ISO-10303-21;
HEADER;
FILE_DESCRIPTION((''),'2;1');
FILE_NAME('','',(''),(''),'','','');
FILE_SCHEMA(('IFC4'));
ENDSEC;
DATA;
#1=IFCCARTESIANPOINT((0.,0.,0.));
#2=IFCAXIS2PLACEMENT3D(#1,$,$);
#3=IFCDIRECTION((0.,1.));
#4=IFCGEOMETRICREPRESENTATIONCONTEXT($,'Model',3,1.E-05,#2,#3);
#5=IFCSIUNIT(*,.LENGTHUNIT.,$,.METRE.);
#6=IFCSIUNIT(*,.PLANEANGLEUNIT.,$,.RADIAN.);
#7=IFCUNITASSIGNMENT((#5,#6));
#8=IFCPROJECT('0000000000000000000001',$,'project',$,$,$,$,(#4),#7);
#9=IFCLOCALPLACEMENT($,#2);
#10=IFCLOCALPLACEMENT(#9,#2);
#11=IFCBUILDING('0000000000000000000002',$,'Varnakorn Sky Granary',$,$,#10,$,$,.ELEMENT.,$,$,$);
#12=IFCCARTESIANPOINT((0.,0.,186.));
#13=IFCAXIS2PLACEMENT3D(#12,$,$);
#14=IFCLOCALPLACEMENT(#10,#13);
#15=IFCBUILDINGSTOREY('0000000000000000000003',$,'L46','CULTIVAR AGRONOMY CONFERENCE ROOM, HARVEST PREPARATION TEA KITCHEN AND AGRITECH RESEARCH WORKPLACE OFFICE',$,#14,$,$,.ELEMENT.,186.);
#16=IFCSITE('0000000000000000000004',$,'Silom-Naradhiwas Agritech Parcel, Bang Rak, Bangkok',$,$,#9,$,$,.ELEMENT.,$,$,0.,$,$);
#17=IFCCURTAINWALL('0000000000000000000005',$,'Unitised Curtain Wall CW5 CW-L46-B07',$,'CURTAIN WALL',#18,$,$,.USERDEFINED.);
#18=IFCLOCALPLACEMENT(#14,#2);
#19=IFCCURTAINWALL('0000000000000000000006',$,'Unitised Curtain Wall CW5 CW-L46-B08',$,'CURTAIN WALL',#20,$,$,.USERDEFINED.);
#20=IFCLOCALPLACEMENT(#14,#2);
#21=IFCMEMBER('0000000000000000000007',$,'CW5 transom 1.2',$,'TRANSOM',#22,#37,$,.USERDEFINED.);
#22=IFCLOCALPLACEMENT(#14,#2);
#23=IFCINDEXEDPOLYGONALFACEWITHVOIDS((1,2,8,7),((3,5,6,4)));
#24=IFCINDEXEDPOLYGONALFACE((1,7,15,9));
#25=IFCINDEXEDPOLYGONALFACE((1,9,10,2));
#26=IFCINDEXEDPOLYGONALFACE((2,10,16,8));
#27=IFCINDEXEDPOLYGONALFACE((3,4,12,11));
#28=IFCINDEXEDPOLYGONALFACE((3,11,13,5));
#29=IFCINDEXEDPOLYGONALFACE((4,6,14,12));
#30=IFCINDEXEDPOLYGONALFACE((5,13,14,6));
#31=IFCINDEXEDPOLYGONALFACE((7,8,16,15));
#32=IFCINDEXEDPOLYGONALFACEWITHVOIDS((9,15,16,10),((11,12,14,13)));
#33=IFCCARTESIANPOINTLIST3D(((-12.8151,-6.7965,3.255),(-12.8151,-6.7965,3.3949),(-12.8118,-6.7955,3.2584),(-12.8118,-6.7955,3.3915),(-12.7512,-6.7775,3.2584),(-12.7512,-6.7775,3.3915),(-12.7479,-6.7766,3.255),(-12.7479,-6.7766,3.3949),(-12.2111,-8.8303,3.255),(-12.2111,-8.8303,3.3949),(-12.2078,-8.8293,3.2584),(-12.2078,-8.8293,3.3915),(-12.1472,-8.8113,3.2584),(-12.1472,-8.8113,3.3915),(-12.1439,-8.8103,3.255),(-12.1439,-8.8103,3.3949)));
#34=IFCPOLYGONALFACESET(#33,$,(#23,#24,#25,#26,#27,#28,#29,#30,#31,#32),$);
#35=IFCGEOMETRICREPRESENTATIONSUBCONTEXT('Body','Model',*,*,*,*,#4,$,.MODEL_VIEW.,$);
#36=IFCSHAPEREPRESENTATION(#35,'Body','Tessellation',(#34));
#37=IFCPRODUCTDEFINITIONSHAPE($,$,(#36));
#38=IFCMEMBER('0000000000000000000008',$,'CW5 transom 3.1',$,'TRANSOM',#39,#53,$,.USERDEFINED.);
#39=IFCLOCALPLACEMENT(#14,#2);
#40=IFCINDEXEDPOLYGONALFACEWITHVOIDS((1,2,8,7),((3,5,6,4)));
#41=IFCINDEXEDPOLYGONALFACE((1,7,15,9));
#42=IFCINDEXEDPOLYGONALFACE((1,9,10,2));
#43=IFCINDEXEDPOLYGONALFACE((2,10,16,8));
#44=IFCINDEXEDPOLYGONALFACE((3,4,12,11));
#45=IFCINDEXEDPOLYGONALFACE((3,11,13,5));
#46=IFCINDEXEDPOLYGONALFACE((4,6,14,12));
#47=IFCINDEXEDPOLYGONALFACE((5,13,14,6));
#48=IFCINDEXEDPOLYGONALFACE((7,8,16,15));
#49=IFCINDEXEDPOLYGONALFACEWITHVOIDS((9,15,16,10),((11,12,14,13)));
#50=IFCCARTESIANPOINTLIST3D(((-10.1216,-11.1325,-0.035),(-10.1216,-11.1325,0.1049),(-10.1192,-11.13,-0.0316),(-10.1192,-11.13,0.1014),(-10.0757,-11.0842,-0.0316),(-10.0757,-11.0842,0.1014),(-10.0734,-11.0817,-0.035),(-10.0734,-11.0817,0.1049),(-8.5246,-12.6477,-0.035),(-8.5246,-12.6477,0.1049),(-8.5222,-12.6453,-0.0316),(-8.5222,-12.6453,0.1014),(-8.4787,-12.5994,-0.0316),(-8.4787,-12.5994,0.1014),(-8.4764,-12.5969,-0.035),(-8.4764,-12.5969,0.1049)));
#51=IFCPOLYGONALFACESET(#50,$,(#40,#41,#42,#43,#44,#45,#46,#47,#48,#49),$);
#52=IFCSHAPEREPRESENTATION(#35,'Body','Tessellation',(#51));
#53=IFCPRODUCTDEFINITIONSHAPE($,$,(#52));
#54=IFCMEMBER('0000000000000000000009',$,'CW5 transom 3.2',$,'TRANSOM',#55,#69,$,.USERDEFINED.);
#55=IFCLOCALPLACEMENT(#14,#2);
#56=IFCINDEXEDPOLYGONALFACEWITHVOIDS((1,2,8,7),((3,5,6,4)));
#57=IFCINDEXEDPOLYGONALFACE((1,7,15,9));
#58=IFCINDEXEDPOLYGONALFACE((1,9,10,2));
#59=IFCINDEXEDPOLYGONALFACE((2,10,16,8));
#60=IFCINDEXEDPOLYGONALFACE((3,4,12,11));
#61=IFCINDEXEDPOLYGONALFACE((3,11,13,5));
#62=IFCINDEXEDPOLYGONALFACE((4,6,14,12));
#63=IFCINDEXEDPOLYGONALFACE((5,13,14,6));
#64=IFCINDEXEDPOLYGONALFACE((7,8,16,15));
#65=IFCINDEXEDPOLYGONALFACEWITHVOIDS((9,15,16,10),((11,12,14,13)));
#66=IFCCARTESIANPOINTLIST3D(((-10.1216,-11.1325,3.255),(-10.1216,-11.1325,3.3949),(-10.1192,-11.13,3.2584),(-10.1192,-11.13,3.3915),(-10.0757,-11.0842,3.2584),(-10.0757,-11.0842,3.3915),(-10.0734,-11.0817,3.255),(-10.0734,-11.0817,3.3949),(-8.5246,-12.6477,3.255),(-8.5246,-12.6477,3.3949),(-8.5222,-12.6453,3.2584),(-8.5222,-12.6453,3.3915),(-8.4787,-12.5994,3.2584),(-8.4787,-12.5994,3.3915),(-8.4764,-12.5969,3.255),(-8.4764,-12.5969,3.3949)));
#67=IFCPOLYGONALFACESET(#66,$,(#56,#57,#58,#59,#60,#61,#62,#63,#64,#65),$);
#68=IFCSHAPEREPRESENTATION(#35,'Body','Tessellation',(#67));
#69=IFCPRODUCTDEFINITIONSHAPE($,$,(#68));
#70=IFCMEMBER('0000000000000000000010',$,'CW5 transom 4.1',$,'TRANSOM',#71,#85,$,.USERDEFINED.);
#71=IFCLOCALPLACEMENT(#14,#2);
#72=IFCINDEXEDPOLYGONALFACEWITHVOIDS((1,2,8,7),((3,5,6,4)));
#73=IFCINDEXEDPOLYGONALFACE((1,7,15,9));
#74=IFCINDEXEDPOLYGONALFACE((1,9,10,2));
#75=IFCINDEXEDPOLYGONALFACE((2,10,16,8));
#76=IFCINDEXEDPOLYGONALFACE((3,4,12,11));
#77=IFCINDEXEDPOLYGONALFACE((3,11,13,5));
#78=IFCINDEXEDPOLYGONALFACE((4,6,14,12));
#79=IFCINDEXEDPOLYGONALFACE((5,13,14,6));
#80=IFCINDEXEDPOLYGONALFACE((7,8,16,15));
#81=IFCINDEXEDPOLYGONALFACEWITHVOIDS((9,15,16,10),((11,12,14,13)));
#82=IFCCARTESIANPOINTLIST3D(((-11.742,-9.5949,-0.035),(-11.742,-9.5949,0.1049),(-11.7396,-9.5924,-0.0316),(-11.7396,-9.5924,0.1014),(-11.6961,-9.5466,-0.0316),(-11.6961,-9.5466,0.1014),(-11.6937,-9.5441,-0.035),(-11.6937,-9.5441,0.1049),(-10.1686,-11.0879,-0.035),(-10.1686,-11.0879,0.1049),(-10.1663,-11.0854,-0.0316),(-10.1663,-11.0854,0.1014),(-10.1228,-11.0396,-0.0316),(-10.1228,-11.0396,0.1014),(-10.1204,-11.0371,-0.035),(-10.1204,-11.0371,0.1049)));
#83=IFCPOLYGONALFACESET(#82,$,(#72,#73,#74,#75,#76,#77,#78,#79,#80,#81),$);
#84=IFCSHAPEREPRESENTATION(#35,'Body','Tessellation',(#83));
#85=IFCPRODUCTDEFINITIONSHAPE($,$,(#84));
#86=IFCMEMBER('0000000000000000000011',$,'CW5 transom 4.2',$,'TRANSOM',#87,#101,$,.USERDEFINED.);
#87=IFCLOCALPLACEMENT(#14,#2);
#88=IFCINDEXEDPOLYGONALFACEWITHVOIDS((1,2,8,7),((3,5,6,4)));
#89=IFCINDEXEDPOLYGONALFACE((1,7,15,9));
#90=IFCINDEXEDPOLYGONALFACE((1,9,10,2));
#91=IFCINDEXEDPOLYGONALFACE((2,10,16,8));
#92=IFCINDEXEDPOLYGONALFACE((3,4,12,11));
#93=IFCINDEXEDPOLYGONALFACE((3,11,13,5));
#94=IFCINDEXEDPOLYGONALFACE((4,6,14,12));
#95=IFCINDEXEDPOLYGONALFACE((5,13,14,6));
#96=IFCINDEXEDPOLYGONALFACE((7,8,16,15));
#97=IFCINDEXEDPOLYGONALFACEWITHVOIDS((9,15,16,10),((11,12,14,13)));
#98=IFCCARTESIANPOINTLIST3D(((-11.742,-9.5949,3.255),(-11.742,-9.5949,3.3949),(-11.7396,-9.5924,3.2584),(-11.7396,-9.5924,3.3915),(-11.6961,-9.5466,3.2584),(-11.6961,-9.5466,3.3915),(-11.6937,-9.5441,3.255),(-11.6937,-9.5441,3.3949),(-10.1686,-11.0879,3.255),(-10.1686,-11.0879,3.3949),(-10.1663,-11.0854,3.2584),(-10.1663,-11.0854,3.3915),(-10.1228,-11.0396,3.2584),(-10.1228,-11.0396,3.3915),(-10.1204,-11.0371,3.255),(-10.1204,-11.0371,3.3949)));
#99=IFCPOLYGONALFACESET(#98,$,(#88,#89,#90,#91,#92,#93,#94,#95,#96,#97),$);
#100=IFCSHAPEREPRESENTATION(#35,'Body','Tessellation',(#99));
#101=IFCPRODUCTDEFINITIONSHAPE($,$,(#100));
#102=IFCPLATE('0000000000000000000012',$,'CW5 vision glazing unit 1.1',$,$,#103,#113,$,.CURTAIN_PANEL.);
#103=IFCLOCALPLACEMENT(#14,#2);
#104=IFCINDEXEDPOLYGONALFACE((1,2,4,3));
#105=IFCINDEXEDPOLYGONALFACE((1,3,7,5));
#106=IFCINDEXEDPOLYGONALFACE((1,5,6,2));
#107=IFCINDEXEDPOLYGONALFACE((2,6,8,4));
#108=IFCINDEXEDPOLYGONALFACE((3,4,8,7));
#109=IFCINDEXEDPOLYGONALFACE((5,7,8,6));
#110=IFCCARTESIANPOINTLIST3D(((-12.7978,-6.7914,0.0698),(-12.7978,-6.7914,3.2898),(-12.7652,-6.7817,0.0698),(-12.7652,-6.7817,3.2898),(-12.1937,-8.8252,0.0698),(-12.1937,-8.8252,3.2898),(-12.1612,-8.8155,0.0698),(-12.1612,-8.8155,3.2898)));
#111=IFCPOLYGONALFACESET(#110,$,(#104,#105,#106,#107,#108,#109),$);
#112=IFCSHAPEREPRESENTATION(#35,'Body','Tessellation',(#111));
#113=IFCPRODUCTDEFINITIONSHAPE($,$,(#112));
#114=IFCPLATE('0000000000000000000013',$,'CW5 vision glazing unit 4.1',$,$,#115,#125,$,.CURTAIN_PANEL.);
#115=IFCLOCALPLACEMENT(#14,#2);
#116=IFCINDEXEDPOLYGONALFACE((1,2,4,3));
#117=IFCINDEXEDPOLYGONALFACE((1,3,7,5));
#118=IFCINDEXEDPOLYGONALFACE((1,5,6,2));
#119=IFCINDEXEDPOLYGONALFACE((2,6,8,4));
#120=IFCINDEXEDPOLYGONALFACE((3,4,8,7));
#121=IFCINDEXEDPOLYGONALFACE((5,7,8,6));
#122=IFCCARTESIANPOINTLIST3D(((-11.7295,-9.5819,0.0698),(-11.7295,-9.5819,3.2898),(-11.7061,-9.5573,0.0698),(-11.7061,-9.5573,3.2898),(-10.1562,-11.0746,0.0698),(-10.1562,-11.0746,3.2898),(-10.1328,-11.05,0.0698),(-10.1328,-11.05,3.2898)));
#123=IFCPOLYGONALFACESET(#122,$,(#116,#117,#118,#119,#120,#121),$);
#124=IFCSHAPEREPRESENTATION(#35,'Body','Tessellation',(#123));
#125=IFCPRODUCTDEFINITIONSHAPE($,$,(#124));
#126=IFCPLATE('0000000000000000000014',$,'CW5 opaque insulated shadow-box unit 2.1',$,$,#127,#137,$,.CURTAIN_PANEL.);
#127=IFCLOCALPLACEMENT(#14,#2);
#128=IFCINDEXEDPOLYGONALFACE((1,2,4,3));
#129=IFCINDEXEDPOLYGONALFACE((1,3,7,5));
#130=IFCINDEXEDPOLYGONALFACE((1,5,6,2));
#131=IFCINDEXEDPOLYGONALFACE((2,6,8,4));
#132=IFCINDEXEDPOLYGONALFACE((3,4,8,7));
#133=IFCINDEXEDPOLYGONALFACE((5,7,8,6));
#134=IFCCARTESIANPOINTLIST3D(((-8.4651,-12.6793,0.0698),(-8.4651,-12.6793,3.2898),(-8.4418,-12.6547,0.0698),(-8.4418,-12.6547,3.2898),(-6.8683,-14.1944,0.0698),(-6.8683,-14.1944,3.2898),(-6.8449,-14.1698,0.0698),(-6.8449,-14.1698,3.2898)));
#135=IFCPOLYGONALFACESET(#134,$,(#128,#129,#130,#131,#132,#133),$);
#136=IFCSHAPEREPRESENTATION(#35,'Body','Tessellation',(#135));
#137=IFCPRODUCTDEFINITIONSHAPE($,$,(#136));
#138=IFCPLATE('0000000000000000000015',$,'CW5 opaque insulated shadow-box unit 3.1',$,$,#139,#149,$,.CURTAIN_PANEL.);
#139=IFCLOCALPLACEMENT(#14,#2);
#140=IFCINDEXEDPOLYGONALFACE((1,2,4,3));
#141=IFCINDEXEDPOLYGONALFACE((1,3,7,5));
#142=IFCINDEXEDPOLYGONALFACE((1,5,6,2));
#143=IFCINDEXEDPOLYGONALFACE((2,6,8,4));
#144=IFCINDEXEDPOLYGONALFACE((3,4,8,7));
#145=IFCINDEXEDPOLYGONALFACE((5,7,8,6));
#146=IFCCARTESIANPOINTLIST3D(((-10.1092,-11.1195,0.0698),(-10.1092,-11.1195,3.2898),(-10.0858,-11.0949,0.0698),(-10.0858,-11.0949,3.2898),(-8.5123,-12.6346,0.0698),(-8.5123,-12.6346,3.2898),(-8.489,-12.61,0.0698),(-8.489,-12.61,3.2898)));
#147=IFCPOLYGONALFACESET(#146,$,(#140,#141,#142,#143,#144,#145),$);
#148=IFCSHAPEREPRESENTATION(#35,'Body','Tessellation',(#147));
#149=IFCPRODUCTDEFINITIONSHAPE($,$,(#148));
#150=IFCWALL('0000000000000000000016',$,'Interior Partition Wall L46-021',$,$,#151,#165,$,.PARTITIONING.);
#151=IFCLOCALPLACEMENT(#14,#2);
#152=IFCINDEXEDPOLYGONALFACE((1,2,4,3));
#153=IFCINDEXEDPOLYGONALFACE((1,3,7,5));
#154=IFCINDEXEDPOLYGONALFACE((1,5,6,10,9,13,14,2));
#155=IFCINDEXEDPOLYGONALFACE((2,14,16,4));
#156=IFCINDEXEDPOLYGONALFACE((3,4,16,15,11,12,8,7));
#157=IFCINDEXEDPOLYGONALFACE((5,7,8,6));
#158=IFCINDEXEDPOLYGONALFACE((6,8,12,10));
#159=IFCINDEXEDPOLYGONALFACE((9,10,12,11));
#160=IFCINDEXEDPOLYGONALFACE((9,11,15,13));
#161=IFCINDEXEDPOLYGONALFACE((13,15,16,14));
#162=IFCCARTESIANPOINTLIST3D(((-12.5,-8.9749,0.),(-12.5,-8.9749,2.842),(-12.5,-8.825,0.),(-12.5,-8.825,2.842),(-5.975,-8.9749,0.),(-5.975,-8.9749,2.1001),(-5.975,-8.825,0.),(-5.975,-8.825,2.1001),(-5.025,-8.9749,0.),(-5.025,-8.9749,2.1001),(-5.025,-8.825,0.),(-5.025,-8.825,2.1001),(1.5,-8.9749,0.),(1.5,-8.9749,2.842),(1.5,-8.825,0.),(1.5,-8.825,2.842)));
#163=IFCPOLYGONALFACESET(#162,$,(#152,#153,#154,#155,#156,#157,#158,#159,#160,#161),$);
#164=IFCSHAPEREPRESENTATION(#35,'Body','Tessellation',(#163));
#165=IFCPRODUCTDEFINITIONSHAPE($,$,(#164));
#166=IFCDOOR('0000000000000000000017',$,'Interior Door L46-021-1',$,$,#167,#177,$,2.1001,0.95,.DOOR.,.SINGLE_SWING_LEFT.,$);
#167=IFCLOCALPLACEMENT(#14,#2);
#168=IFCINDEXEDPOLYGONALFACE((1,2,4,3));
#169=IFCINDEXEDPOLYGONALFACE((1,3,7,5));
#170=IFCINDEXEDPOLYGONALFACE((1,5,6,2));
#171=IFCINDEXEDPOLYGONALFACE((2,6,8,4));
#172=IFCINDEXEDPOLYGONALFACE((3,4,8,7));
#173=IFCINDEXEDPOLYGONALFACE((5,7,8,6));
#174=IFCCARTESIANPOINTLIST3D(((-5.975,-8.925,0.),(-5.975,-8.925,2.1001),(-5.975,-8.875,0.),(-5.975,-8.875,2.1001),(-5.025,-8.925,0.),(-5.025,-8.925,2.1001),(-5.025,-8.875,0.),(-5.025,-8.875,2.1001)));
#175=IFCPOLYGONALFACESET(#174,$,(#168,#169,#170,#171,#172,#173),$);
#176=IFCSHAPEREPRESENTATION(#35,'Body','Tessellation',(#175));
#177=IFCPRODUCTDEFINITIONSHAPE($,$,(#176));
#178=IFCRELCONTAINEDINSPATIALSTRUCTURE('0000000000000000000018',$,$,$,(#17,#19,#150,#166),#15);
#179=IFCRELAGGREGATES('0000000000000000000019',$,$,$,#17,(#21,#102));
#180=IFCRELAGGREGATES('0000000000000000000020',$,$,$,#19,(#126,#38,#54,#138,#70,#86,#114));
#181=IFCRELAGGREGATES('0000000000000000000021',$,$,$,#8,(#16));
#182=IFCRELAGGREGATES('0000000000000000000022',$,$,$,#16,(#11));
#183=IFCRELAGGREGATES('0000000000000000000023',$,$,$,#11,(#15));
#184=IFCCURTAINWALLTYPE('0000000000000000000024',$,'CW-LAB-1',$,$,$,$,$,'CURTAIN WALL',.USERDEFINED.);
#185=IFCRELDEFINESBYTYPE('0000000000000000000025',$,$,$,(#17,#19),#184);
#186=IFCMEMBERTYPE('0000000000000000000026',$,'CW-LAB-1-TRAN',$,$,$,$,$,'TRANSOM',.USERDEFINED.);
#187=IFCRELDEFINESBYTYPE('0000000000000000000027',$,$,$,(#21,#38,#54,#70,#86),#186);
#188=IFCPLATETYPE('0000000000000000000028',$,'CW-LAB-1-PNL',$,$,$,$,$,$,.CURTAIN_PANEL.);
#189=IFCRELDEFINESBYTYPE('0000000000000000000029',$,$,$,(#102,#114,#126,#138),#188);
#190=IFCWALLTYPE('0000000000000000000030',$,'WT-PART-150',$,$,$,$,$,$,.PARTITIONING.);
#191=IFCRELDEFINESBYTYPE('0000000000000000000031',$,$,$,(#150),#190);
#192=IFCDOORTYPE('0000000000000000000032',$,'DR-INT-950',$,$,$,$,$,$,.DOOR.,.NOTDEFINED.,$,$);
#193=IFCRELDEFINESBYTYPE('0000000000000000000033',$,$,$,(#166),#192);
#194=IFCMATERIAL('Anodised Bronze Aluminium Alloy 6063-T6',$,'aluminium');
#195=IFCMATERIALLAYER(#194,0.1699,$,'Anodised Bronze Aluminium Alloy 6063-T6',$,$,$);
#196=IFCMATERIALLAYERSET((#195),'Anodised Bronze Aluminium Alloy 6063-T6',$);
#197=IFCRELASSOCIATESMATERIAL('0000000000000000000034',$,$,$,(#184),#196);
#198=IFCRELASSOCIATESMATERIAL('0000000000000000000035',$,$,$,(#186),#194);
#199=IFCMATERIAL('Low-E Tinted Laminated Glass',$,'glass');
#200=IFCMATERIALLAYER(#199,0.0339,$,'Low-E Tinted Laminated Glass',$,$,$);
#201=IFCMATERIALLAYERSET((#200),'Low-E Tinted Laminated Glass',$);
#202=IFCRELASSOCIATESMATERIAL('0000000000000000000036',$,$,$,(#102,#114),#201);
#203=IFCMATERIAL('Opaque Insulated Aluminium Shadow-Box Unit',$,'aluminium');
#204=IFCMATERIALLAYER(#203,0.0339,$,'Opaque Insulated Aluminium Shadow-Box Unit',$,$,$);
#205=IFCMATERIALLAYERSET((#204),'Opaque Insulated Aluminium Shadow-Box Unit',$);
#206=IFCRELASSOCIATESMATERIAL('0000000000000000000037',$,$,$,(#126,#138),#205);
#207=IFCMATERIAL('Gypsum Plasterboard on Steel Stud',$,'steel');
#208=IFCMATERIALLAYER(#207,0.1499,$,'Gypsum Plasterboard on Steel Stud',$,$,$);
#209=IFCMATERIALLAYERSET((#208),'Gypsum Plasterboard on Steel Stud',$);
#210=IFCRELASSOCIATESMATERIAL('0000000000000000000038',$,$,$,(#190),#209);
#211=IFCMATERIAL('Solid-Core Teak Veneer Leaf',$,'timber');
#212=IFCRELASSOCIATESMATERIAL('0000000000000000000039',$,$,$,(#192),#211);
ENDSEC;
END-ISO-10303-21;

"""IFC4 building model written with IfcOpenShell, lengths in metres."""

from ifc_helpers import new_model, si_unit, direction, frame, frame_2d, origin, origin_2d, place, context, subcontext, project, spatial, rectangle, hollow_rectangle, extrude, source, transform, mapped, material, layer, layer_set, material_profile, profile_set, type_object, type_shapes, element, fill, aggregate, save


model = new_model("IFC4")

# Units and contexts
model_context = context("Model", 3, precision=1e-05, world=origin(), true_north=direction((0.0, 1.0)))
body_context = subcontext(model_context, "Body", "Model", "MODEL_VIEW")
ifc_project = project(units=[si_unit("LENGTHUNIT", "METRE"), si_unit("PLANEANGLEUNIT", "RADIAN")], contexts=[model_context])

# Site, building, storey
site_placement = place(None, origin())
site = spatial("IfcSite", under=ifc_project, at=site_placement, Name="Silom-Naradhiwas Agritech Parcel, Bang Rak, Bangkok", CompositionType="ELEMENT", RefElevation=0.0)
building_placement = place(site_placement, origin())
building = spatial("IfcBuilding", under=site, at=building_placement, Name="Varnakorn Sky Granary", CompositionType="ELEMENT")
storey_placement = place(building_placement, frame((0.0, 0.0, 186.0)))
storey = spatial("IfcBuildingStorey", under=building, at=storey_placement, Name="L46", Description="CULTIVAR AGRONOMY CONFERENCE ROOM, HARVEST PREPARATION TEA KITCHEN AND AGRITECH RESEARCH WORKPLACE OFFICE", CompositionType="ELEMENT", Elevation=186.0)

# Curtain wall
ifc_material_1 = material(Name="Anodised Bronze Aluminium Alloy 6063-T6", Category="aluminium")
ifc_layer_1 = layer(ifc_material_1, 0.1699, Name="Anodised Bronze Aluminium Alloy 6063-T6")
ifc_layer_set_1 = layer_set([ifc_layer_1], Name="Anodised Bronze Aluminium Alloy 6063-T6")
curtain_wall_type = type_object("IfcCurtainWallType", Name="CW-LAB-1", ElementType="CURTAIN WALL", PredefinedType="USERDEFINED", material=ifc_layer_set_1)
curtain_wall_1_placement = place(storey_placement, origin())
curtain_wall_1 = element("IfcCurtainWall", 1, at=curtain_wall_1_placement, inside=storey, type_object=curtain_wall_type, Name="Unitised Curtain Wall CW5 CW-L46-B07", ObjectType="CURTAIN WALL", PredefinedType="USERDEFINED")

# Curtain wall
curtain_wall_2_placement = place(storey_placement, origin())
curtain_wall_2 = element("IfcCurtainWall", 2, at=curtain_wall_2_placement, inside=storey, type_object=curtain_wall_type, Name="Unitised Curtain Wall CW5 CW-L46-B08", ObjectType="CURTAIN WALL", PredefinedType="USERDEFINED")

# Members
ifc_material_profile_1 = material_profile(ifc_material_1, hollow_rectangle(XDim=0.0701, YDim=0.1399, WallThickness=0.0034, at=origin_2d()), Name="ALU TRAN 70x140")
ifc_profile_set_1 = profile_set([ifc_material_profile_1], Name="Anodised Bronze Aluminium Alloy 6063-T6")
member_type_1 = type_object("IfcMemberType", Name="CW-LAB-1-TRAN", ElementType="TRANSOM", PredefinedType="USERDEFINED", material=ifc_profile_set_1)
member_1_placement = place(storey_placement, frame((-12.1775, -8.8203, 3.325), z_axis=(-0.284707, 0.958614, 0.0), x_axis=(-0.958614, -0.284707, 0.0)))
member_1 = element("IfcMember", 3, at=member_1_placement, type_object=member_type_1, Name="CW5 transom 1.2", ObjectType="TRANSOM", PredefinedType="USERDEFINED", context=body_context, shape_type="SweptSolid", body=[
    extrude(hollow_rectangle(XDim=0.0701, YDim=0.1399, WallThickness=0.0034, at=origin_2d()), origin(), (0.0, 0.0, 1.0), 2.1216),
])
member_2_placement = place(storey_placement, frame((-8.5005, -12.6223, 0.0349), z_axis=(-0.72544, 0.688286, 0.0), x_axis=(-0.688286, -0.72544, 0.0)))
member_2 = element("IfcMember", 4, at=member_2_placement, type_object=member_type_1, Name="CW5 transom 3.1", ObjectType="TRANSOM", PredefinedType="USERDEFINED", context=body_context, shape_type="SweptSolid", body=[
    extrude(hollow_rectangle(XDim=0.0701, YDim=0.1399, WallThickness=0.0034, at=origin_2d()), origin(), (0.0, 0.0, 1.0), 2.2014),
])
member_3_placement = place(storey_placement, frame((-8.5005, -12.6223, 3.325), z_axis=(-0.72544, 0.688286, 0.0), x_axis=(-0.688286, -0.72544, 0.0)))
member_3 = element("IfcMember", 5, at=member_3_placement, type_object=member_type_1, Name="CW5 transom 3.2", ObjectType="TRANSOM", PredefinedType="USERDEFINED", context=body_context, shape_type="SweptSolid", body=[
    extrude(hollow_rectangle(XDim=0.0701, YDim=0.1399, WallThickness=0.0034, at=origin_2d()), origin(), (0.0, 0.0, 1.0), 2.2014),
])
member_4_placement = place(storey_placement, frame((-10.1445, -11.0625, 0.0349), z_axis=(-0.725382, 0.688347, 0.0), x_axis=(-0.688347, -0.725382, 0.0)))
member_4 = element("IfcMember", 6, at=member_4_placement, type_object=member_type_1, Name="CW5 transom 4.1", ObjectType="TRANSOM", PredefinedType="USERDEFINED", context=body_context, shape_type="SweptSolid", body=[
    extrude(hollow_rectangle(XDim=0.0701, YDim=0.1399, WallThickness=0.0034, at=origin_2d()), origin(), (0.0, 0.0, 1.0), 2.1689),
])
member_5_placement = place(storey_placement, frame((-10.1445, -11.0625, 3.325), z_axis=(-0.725382, 0.688347, 0.0), x_axis=(-0.688347, -0.725382, 0.0)))
member_5 = element("IfcMember", 7, at=member_5_placement, type_object=member_type_1, Name="CW5 transom 4.2", ObjectType="TRANSOM", PredefinedType="USERDEFINED", context=body_context, shape_type="SweptSolid", body=[
    extrude(hollow_rectangle(XDim=0.0701, YDim=0.1399, WallThickness=0.0034, at=origin_2d()), origin(), (0.0, 0.0, 1.0), 2.1689),
])

# Plates
ifc_material_2 = material(Name="Low-E Tinted Laminated Glass", Category="glass")
ifc_layer_2 = layer(ifc_material_2, 0.0339, Name="Low-E Tinted Laminated Glass")
ifc_layer_set_2 = layer_set([ifc_layer_2], Name="Low-E Tinted Laminated Glass")
plate_type = type_object("IfcPlateType", Name="CW-LAB-1-PNL", PredefinedType="CURTAIN_PANEL")
shared_shape_1 = source(origin(), body_context, "Body", "SweptSolid", [
    extrude(rectangle(XDim=2.1216, YDim=0.0339, at=origin_2d()), origin(), (0.0, 0.0, 1.0), 3.22),
])
plate_1_placement = place(storey_placement, frame((-12.4795, -7.8035, 0.0698), z_axis=(0.0, 0.0, 1.0), x_axis=(-0.28471, 0.958614, 0.0)))
plate_1 = element("IfcPlate", 8, at=plate_1_placement, type_object=plate_type, material=ifc_layer_set_2, Name="CW5 vision glazing unit 1.1", PredefinedType="CURTAIN_PANEL", context=body_context, shape_type="MappedRepresentation", body=[
    mapped(shared_shape_1, transform((0.0, 0.0, 0.0), x_axis=(1.0, 0.0, 0.0), y_axis=(0.0, 1.0, 0.0), z_axis=(0.0, 0.0, 1.0), scale=1.0)),
])
aggregate(curtain_wall_1, [member_1, plate_1])
shared_shape_2 = source(origin(), body_context, "Body", "SweptSolid", [
    extrude(rectangle(XDim=2.1687, YDim=0.0339, at=origin_2d()), origin(), (0.0, 0.0, 1.0), 3.22),
])
plate_2_placement = place(storey_placement, frame((-10.9312, -10.3159, 0.0698), z_axis=(0.0, 0.0, 1.0), x_axis=(-0.725434, 0.688292, 0.0)))
plate_2 = element("IfcPlate", 9, at=plate_2_placement, type_object=plate_type, material=ifc_layer_set_2, Name="CW5 vision glazing unit 4.1", PredefinedType="CURTAIN_PANEL", context=body_context, shape_type="MappedRepresentation", body=[
    mapped(shared_shape_2, transform((0.0, 0.0, 0.0), x_axis=(1.0, 0.0, 0.0), y_axis=(0.0, 1.0, 0.0), z_axis=(0.0, 0.0, 1.0), scale=1.0)),
])
ifc_material_3 = material(Name="Opaque Insulated Aluminium Shadow-Box Unit", Category="aluminium")
ifc_layer_3 = layer(ifc_material_3, 0.0339, Name="Opaque Insulated Aluminium Shadow-Box Unit")
ifc_layer_set_3 = layer_set([ifc_layer_3], Name="Opaque Insulated Aluminium Shadow-Box Unit")
shared_shape_3 = source(origin(), body_context, "Body", "SweptSolid", [
    extrude(rectangle(XDim=2.2012, YDim=0.0339, at=origin_2d()), origin(), (0.0, 0.0, 1.0), 3.22),
])
type_shapes(plate_type, [shared_shape_1, shared_shape_2, shared_shape_3])
plate_3_placement = place(storey_placement, frame((-7.655, -13.4246, 0.0698), z_axis=(0.0, 0.0, 1.0), x_axis=(-0.725434, 0.688292, 0.0)))
plate_3 = element("IfcPlate", 10, at=plate_3_placement, type_object=plate_type, material=ifc_layer_set_3, Name="CW5 opaque insulated shadow-box unit 2.1", PredefinedType="CURTAIN_PANEL", context=body_context, shape_type="MappedRepresentation", body=[
    mapped(shared_shape_3, transform((0.0, 0.0, 0.0), x_axis=(1.0, 0.0, 0.0), y_axis=(0.0, 1.0, 0.0), z_axis=(0.0, 0.0, 1.0), scale=1.0)),
])
plate_4_placement = place(storey_placement, frame((-9.2991, -11.8647, 0.0698), z_axis=(0.0, 0.0, 1.0), x_axis=(-0.725434, 0.688292, 0.0)))
plate_4 = element("IfcPlate", 11, at=plate_4_placement, type_object=plate_type, material=ifc_layer_set_3, Name="CW5 opaque insulated shadow-box unit 3.1", PredefinedType="CURTAIN_PANEL", context=body_context, shape_type="MappedRepresentation", body=[
    mapped(shared_shape_3, transform((0.0, 0.0, 0.0), x_axis=(1.0, 0.0, 0.0), y_axis=(0.0, 1.0, 0.0), z_axis=(0.0, 0.0, 1.0), scale=1.0)),
])
aggregate(curtain_wall_2, [plate_3, member_2, member_3, plate_4, member_4, member_5, plate_2])

# Wall, opening, door
ifc_material_4 = material(Name="Gypsum Plasterboard on Steel Stud", Category="steel")
ifc_layer_4 = layer(ifc_material_4, 0.1499, Name="Gypsum Plasterboard on Steel Stud")
ifc_layer_set_4 = layer_set([ifc_layer_4], Name="Gypsum Plasterboard on Steel Stud")
wall_type = type_object("IfcWallType", Name="WT-PART-150", PredefinedType="PARTITIONING", material=ifc_layer_set_4)
wall_placement = place(storey_placement, frame((-12.5, -8.8999, 0.0), z_axis=(0.0, 0.0, 1.0), x_axis=(1.0, 0.0, 0.0)))
wall = element("IfcWall", 12, at=wall_placement, inside=storey, type_object=wall_type, Name="Interior Partition Wall L46-021", PredefinedType="PARTITIONING", context=body_context, shape_type="SweptSolid", body=[
    extrude(rectangle(XDim=14.0, YDim=0.1499, at=frame_2d((7.0, 0.0))), origin(), (0.0, 0.0, 1.0), 2.842),
])
opening_placement = place(wall_placement, frame((6.5249, 0.0, 0.0)))
opening = element("IfcOpeningElement", 13, at=opening_placement, cuts=wall, PredefinedType="OPENING", context=body_context, shape_type="SweptSolid", body=[
    extrude(rectangle(XDim=0.95, YDim=2.1001, at=frame_2d((0.4751, 1.05))), frame((0.0, 0.085, 0.0), z_axis=(0.0, -1.0, 0.0), x_axis=(1.0, 0.0, 0.0)), (0.0, 0.0, 1.0), 0.1699),
])
ifc_material_5 = material(Name="Solid-Core Teak Veneer Leaf", Category="timber")
door_type = type_object("IfcDoorType", Name="DR-INT-950", OperationType="NOTDEFINED", PredefinedType="DOOR", material=ifc_material_5)
door_placement = place(opening_placement, origin())
door = element("IfcDoor", 14, at=door_placement, inside=storey, type_object=door_type, Name="Interior Door L46-021-1", OperationType="SINGLE_SWING_LEFT", OverallHeight=2.1001, OverallWidth=0.95, PredefinedType="DOOR", context=body_context, shape_type="SweptSolid", body=[
    extrude(rectangle(XDim=0.95, YDim=2.1001, at=frame_2d((0.4751, 1.05))), frame((0.0, 0.0249, 0.0), z_axis=(0.0, -1.0, 0.0), x_axis=(1.0, 0.0, 0.0)), (0.0, 0.0, 1.0), 0.05),
])
fill(opening, door)

save(model, "model.ifc")
